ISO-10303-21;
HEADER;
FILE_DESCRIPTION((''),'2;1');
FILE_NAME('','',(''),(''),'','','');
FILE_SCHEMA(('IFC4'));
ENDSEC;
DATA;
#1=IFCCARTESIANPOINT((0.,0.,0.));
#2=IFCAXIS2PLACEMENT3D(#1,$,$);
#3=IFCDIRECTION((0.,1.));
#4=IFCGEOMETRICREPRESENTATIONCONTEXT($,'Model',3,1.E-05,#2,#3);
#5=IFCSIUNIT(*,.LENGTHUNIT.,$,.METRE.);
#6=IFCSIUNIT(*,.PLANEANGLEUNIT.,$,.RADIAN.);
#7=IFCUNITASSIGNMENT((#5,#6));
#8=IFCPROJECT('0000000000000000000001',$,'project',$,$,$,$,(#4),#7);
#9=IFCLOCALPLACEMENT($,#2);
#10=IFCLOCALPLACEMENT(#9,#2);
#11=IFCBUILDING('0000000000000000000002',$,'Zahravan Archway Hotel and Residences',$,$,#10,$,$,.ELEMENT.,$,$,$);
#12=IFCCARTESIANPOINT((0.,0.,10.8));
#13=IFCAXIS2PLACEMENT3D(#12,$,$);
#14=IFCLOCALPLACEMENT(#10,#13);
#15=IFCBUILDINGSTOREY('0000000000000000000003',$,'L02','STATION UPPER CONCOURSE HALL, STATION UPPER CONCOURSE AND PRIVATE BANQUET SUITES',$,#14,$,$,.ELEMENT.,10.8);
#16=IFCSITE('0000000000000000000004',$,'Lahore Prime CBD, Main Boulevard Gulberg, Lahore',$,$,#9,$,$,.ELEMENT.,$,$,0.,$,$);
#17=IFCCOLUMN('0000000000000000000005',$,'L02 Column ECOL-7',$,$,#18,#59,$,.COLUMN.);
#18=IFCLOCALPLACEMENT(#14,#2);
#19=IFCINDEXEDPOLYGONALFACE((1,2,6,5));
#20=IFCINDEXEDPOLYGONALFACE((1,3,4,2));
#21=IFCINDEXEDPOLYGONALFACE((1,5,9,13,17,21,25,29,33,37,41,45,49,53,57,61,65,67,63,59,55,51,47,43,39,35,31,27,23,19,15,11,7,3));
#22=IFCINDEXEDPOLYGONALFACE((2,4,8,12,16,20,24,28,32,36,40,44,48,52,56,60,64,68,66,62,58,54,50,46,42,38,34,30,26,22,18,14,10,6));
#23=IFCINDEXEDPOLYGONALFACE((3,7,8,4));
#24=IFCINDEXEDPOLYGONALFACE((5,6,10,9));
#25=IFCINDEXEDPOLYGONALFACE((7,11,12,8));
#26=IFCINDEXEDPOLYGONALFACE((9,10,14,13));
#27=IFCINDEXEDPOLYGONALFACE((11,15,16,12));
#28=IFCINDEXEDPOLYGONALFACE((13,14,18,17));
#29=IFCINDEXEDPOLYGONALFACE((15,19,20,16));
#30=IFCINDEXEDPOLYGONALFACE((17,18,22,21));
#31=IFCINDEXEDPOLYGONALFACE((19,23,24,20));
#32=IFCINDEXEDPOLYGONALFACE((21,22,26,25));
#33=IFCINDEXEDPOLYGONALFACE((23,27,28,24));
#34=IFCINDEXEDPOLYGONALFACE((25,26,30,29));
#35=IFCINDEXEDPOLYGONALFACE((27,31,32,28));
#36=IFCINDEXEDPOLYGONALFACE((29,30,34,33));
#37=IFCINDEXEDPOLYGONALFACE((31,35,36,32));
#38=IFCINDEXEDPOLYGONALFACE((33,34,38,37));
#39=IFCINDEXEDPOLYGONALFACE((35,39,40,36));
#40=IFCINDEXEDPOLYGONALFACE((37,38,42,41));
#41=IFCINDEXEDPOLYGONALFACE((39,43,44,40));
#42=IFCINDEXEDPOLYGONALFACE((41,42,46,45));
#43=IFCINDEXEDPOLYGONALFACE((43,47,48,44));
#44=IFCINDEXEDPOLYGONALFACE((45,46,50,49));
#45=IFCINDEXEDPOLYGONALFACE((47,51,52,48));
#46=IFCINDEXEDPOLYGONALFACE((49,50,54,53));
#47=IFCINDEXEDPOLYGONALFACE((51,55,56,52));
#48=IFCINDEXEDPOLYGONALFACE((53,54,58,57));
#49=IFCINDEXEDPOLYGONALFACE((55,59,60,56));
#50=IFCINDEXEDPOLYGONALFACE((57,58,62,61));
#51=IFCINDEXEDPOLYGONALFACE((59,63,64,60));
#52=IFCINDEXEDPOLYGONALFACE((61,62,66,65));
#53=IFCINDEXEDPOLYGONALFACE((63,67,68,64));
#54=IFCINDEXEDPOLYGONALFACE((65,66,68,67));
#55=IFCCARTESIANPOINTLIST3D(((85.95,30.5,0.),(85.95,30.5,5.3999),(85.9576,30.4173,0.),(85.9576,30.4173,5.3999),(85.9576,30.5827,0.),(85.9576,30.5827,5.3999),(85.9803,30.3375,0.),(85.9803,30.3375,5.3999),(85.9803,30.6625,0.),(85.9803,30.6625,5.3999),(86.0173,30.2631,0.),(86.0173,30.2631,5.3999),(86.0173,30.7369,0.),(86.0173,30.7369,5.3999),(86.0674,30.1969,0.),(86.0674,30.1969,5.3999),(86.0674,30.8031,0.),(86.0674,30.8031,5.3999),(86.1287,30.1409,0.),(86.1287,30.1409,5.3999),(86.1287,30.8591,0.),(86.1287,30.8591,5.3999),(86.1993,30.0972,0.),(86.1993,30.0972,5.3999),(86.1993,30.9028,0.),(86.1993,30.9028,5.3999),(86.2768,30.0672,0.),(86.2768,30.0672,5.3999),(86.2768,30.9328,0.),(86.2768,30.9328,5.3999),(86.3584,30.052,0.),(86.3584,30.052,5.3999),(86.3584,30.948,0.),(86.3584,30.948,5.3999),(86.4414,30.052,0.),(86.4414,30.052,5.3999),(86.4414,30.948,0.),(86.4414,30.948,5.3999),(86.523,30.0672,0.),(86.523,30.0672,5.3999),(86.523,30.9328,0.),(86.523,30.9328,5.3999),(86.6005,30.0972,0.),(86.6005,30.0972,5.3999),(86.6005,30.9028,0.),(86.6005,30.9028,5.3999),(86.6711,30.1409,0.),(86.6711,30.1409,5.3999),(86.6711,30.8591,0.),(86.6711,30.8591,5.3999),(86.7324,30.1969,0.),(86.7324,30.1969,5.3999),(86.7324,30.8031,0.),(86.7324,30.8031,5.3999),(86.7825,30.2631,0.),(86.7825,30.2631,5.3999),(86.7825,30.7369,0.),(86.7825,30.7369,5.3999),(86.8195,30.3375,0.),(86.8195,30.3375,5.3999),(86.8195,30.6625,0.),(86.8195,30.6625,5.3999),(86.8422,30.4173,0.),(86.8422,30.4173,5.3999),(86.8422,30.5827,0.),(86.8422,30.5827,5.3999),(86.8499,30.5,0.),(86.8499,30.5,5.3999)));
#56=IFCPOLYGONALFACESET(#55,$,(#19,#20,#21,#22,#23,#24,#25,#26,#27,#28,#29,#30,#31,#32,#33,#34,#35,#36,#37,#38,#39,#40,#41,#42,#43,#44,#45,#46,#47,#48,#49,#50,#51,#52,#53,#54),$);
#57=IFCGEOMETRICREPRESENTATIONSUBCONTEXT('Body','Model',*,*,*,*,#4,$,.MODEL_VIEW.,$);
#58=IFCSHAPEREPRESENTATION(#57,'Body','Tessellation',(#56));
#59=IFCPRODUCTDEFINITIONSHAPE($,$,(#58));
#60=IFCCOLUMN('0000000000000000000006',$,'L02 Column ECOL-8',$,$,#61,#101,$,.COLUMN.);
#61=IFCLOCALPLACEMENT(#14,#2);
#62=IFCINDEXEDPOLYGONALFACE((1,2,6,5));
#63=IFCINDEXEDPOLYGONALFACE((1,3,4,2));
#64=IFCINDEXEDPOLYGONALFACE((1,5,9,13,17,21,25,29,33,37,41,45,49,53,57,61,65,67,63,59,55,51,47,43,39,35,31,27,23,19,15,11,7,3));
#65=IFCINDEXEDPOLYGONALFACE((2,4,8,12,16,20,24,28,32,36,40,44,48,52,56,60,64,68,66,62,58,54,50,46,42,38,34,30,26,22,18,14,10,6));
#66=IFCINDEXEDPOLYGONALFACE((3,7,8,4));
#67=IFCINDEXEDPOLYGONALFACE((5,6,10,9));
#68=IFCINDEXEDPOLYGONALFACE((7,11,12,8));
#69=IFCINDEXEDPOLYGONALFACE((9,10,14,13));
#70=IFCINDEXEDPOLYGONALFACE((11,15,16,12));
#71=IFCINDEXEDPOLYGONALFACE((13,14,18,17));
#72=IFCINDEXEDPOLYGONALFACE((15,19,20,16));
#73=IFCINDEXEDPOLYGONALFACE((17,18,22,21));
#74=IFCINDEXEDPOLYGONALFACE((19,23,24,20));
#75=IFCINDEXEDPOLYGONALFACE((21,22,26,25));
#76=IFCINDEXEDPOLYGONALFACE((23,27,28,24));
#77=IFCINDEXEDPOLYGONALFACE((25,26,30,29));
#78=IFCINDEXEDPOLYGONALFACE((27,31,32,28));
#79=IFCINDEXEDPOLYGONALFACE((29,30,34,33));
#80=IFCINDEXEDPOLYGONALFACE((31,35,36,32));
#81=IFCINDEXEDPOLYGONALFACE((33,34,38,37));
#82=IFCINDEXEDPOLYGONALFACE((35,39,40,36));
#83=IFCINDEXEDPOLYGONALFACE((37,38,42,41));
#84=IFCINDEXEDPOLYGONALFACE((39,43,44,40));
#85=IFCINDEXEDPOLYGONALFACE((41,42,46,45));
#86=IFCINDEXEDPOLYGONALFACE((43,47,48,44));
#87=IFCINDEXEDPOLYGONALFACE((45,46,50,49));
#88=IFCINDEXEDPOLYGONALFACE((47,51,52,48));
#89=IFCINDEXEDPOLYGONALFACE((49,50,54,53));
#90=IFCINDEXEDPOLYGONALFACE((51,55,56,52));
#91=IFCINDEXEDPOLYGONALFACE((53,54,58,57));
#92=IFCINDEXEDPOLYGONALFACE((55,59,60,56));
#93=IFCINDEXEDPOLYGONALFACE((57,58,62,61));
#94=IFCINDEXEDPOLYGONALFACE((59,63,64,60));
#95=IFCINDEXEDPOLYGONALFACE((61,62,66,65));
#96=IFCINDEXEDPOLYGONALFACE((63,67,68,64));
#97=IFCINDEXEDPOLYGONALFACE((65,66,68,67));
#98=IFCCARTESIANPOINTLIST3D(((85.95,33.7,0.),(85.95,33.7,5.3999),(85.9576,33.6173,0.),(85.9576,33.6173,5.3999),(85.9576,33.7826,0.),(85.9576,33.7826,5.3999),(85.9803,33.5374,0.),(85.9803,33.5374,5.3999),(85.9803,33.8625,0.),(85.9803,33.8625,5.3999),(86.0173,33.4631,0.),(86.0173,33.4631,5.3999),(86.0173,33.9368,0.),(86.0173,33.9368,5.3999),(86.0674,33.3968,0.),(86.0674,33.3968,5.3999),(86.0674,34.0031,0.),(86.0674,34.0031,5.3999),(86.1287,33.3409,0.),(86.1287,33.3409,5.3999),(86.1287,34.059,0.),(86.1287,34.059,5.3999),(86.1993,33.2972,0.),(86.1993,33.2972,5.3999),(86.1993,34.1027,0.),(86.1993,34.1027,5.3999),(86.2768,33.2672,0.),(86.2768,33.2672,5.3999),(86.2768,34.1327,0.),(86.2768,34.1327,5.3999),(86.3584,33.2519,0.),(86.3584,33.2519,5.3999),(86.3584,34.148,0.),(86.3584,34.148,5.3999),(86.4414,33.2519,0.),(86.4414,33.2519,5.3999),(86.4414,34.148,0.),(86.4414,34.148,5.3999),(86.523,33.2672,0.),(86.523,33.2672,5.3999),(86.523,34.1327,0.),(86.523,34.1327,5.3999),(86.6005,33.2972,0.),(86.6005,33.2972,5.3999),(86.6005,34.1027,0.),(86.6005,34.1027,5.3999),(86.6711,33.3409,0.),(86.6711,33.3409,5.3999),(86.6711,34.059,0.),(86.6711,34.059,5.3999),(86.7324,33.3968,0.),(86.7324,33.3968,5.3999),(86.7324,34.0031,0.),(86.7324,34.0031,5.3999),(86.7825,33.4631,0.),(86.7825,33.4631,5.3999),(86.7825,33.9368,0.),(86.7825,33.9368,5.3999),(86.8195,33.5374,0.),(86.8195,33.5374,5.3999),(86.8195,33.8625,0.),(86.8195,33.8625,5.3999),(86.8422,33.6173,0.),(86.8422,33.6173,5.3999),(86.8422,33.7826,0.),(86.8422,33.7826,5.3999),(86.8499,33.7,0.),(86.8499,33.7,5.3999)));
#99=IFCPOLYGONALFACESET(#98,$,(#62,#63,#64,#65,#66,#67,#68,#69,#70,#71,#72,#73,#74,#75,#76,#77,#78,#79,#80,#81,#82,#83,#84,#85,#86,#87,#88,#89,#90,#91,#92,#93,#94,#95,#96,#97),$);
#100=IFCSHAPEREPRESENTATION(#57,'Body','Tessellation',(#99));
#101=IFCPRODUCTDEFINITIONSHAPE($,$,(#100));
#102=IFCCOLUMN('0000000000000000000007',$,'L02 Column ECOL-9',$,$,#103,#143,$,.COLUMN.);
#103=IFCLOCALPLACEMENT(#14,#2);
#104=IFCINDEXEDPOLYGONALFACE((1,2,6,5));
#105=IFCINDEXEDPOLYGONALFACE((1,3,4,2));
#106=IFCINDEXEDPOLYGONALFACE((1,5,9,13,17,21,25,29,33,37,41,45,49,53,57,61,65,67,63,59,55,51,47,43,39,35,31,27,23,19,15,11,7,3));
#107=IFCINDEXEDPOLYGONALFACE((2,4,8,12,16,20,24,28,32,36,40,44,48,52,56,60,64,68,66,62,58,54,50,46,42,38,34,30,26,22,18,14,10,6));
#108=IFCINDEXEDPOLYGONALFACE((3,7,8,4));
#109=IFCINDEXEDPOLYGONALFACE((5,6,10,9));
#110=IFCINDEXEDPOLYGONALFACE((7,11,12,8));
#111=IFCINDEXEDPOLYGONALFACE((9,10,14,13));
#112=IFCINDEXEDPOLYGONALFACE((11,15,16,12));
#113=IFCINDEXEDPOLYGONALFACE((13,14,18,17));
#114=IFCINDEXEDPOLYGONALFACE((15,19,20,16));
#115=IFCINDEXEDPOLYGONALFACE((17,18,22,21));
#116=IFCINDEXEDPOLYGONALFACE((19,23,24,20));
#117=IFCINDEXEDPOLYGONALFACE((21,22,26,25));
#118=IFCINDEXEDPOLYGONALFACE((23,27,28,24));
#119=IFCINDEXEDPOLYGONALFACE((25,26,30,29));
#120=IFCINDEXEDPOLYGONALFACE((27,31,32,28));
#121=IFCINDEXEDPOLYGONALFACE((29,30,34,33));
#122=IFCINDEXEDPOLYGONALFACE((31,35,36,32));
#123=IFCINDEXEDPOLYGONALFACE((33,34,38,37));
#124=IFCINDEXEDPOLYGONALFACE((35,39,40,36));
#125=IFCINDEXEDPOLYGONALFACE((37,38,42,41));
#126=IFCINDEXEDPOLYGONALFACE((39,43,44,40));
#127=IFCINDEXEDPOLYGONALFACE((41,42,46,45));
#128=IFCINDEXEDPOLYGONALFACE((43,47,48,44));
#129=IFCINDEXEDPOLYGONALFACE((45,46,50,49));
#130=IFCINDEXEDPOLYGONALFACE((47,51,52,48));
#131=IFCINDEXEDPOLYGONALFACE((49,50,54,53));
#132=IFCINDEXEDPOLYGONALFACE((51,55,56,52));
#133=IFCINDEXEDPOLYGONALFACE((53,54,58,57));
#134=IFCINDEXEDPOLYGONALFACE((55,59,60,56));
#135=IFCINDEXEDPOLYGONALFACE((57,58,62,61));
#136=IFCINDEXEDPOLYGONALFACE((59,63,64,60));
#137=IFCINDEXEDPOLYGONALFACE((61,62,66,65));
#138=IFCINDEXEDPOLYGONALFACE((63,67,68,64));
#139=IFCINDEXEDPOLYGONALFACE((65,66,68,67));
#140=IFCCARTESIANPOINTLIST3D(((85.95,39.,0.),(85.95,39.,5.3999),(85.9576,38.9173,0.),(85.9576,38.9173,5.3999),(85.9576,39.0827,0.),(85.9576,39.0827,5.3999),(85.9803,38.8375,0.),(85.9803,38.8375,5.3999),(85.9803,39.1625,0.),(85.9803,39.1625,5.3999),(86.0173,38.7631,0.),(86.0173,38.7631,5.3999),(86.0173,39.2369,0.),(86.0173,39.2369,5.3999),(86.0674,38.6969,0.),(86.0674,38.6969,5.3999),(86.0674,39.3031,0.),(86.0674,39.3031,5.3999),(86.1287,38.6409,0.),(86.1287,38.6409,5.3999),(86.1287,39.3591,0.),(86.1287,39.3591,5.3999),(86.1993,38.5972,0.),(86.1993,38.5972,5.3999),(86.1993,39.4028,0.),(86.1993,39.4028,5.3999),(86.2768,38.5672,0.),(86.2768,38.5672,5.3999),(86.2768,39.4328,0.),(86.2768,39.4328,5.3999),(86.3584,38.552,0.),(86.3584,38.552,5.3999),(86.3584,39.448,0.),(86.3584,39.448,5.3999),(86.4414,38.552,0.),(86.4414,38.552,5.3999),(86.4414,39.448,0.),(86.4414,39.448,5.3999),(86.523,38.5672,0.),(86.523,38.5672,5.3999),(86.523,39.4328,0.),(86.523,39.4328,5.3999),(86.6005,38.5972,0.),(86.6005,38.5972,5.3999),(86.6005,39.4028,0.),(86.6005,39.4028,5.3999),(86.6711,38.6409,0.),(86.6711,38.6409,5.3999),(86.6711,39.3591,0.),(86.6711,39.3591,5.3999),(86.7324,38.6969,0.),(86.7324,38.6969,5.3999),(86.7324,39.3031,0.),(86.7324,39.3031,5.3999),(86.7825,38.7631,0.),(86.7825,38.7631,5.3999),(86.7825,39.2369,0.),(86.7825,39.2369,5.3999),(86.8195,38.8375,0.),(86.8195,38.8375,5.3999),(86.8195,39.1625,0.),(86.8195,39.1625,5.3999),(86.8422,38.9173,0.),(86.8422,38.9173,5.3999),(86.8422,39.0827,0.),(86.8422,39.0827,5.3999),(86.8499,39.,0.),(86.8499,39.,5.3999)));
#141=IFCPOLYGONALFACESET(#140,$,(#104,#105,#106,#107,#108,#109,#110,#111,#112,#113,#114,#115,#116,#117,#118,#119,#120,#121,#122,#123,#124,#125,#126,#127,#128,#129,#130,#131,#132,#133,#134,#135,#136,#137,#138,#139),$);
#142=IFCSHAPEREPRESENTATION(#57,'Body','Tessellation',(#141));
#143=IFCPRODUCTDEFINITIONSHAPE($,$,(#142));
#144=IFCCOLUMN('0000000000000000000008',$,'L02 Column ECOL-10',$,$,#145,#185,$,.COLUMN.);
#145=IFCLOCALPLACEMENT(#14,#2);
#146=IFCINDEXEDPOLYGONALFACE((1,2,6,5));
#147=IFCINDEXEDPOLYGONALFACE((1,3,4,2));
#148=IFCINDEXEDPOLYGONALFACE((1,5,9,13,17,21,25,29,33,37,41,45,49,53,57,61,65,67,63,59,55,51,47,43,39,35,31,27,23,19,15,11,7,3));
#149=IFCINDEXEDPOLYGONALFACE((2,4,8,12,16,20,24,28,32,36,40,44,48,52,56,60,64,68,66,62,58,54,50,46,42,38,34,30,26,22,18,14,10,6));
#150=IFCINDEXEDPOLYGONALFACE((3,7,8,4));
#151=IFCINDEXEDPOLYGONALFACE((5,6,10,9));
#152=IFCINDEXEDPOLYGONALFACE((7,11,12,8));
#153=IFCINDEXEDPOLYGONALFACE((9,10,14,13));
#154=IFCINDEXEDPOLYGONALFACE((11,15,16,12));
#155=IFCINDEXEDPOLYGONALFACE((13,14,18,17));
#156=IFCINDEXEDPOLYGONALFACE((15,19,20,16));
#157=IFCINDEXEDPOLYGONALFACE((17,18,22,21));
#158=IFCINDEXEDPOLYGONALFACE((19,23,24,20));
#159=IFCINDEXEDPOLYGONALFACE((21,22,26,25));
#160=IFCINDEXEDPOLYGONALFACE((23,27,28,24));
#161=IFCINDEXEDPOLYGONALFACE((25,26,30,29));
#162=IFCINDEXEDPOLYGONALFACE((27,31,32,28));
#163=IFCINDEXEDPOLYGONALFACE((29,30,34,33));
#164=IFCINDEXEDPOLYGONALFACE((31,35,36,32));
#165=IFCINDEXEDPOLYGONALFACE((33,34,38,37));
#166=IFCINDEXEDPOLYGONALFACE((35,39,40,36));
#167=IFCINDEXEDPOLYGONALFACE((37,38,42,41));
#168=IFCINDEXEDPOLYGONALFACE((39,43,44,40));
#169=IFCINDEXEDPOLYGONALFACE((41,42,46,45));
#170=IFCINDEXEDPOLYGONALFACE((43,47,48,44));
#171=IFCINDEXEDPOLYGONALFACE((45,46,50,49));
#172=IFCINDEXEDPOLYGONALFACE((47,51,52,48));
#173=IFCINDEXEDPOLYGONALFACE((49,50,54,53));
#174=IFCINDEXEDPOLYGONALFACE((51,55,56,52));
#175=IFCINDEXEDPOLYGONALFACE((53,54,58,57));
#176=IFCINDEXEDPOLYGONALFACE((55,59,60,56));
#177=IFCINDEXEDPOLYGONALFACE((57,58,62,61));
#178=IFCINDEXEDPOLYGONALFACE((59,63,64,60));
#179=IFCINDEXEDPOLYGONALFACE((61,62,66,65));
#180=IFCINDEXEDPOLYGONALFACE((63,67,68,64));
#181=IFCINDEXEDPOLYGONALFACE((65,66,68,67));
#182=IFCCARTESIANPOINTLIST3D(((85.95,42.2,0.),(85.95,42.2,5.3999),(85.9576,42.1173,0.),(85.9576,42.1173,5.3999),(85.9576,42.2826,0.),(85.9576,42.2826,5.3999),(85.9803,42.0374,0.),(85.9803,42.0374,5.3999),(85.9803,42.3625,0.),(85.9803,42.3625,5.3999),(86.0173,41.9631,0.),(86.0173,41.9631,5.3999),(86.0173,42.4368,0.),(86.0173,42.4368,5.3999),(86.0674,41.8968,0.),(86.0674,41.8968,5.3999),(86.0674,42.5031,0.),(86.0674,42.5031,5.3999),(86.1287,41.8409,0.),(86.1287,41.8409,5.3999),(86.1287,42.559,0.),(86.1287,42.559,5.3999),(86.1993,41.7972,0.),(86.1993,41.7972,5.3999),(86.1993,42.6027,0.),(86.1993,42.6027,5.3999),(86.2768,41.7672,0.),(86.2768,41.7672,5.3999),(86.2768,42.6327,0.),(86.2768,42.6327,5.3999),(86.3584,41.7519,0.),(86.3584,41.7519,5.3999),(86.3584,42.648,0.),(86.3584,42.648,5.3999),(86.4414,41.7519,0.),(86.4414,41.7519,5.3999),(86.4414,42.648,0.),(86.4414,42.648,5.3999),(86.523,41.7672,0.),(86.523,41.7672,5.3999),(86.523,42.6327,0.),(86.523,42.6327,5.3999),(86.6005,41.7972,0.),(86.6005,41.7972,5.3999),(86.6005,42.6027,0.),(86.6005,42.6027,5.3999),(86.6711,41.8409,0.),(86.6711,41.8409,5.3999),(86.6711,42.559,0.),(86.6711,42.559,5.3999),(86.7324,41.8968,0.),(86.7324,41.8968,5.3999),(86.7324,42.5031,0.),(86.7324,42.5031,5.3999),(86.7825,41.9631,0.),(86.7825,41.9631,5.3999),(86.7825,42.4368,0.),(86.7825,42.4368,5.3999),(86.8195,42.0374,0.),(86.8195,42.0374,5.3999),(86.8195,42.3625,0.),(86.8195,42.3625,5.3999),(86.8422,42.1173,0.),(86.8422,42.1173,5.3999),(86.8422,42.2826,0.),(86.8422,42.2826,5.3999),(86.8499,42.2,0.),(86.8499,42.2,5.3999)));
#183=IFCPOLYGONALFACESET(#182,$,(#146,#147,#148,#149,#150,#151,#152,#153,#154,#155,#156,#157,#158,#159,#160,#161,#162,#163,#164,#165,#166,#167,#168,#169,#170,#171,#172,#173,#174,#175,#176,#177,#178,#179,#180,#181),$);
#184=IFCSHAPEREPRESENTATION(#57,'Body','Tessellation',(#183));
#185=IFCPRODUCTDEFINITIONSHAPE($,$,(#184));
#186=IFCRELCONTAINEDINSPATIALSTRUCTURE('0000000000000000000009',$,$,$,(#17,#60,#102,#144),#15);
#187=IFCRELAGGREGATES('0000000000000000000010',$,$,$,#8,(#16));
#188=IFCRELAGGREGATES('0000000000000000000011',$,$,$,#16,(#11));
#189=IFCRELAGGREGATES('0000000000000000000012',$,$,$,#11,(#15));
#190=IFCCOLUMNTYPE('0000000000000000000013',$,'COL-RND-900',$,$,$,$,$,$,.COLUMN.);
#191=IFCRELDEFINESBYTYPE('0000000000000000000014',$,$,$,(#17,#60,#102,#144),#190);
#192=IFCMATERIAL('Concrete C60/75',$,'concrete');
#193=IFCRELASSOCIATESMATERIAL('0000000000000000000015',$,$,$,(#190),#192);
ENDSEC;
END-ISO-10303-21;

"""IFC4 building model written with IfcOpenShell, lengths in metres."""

from ifc_helpers import new_model, si_unit, direction, frame, origin, origin_2d, place, context, subcontext, project, spatial, circle, extrude, source, transform, mapped, material, material_profile, profile_set, type_object, type_shapes, element, save


model = new_model("IFC4")

# Units and contexts
model_context = context("Model", 3, precision=1e-05, world=origin(), true_north=direction((0.0, 1.0)))
body_context = subcontext(model_context, "Body", "Model", "MODEL_VIEW")
ifc_project = project(units=[si_unit("LENGTHUNIT", "METRE"), si_unit("PLANEANGLEUNIT", "RADIAN")], contexts=[model_context])

# Site, building, storey
site_placement = place(None, origin())
site = spatial("IfcSite", under=ifc_project, at=site_placement, Name="Lahore Prime CBD, Main Boulevard Gulberg, Lahore", CompositionType="ELEMENT", RefElevation=0.0)
building_placement = place(site_placement, origin())
building = spatial("IfcBuilding", under=site, at=building_placement, Name="Zahravan Archway Hotel and Residences", CompositionType="ELEMENT")
storey_placement = place(building_placement, frame((0.0, 0.0, 10.8)))
storey = spatial("IfcBuildingStorey", under=building, at=storey_placement, Name="L02", Description="STATION UPPER CONCOURSE HALL, STATION UPPER CONCOURSE AND PRIVATE BANQUET SUITES", CompositionType="ELEMENT", Elevation=10.8)

# Columns
ifc_material_1 = material(Name="Concrete C60/75", Category="concrete")
ifc_material_profile_1 = material_profile(ifc_material_1, circle(Radius=0.45, at=origin_2d()), Name="RC-CIRC-900", Category="concrete")
ifc_profile_set_1 = profile_set([ifc_material_profile_1], Name="Concrete C60/75")
column_type = type_object("IfcColumnType", Name="COL-RND-900", PredefinedType="COLUMN", material=ifc_profile_set_1)
shared_shape_1 = source(origin(), body_context, "Body", "SweptSolid", [
    extrude(circle(Radius=0.45, at=origin_2d()), origin(), (0.0, 0.0, 1.0), 5.3999),
])
type_shapes(column_type, [shared_shape_1])
for number, where, z_axis, x_axis, name in (
    (1, (86.3999, 30.5, 0.0), (0.0, 0.0, 1.0), (1.0, 0.0, 0.0), "L02 Column ECOL-7"),
    (2, (86.3999, 33.7, 0.0), (0.0, 0.0, 1.0), (1.0, 0.0, 0.0), "L02 Column ECOL-8"),
    (3, (86.3999, 39.0, 0.0), (0.0, 0.0, 1.0), (1.0, 0.0, 0.0), "L02 Column ECOL-9"),
    (4, (86.3999, 42.2, 0.0), (0.0, 0.0, 1.0), (1.0, 0.0, 0.0), "L02 Column ECOL-10"),
):
    element("IfcColumn", number, at=place(storey_placement, frame(where, z_axis=z_axis, x_axis=x_axis)), inside=storey, type_object=column_type, Name=name, PredefinedType="COLUMN", context=body_context, shape_type="MappedRepresentation", body=[
        mapped(shared_shape_1, transform((0.0, 0.0, 0.0), scale=1.0)),
    ])

save(model, "model.ifc")
